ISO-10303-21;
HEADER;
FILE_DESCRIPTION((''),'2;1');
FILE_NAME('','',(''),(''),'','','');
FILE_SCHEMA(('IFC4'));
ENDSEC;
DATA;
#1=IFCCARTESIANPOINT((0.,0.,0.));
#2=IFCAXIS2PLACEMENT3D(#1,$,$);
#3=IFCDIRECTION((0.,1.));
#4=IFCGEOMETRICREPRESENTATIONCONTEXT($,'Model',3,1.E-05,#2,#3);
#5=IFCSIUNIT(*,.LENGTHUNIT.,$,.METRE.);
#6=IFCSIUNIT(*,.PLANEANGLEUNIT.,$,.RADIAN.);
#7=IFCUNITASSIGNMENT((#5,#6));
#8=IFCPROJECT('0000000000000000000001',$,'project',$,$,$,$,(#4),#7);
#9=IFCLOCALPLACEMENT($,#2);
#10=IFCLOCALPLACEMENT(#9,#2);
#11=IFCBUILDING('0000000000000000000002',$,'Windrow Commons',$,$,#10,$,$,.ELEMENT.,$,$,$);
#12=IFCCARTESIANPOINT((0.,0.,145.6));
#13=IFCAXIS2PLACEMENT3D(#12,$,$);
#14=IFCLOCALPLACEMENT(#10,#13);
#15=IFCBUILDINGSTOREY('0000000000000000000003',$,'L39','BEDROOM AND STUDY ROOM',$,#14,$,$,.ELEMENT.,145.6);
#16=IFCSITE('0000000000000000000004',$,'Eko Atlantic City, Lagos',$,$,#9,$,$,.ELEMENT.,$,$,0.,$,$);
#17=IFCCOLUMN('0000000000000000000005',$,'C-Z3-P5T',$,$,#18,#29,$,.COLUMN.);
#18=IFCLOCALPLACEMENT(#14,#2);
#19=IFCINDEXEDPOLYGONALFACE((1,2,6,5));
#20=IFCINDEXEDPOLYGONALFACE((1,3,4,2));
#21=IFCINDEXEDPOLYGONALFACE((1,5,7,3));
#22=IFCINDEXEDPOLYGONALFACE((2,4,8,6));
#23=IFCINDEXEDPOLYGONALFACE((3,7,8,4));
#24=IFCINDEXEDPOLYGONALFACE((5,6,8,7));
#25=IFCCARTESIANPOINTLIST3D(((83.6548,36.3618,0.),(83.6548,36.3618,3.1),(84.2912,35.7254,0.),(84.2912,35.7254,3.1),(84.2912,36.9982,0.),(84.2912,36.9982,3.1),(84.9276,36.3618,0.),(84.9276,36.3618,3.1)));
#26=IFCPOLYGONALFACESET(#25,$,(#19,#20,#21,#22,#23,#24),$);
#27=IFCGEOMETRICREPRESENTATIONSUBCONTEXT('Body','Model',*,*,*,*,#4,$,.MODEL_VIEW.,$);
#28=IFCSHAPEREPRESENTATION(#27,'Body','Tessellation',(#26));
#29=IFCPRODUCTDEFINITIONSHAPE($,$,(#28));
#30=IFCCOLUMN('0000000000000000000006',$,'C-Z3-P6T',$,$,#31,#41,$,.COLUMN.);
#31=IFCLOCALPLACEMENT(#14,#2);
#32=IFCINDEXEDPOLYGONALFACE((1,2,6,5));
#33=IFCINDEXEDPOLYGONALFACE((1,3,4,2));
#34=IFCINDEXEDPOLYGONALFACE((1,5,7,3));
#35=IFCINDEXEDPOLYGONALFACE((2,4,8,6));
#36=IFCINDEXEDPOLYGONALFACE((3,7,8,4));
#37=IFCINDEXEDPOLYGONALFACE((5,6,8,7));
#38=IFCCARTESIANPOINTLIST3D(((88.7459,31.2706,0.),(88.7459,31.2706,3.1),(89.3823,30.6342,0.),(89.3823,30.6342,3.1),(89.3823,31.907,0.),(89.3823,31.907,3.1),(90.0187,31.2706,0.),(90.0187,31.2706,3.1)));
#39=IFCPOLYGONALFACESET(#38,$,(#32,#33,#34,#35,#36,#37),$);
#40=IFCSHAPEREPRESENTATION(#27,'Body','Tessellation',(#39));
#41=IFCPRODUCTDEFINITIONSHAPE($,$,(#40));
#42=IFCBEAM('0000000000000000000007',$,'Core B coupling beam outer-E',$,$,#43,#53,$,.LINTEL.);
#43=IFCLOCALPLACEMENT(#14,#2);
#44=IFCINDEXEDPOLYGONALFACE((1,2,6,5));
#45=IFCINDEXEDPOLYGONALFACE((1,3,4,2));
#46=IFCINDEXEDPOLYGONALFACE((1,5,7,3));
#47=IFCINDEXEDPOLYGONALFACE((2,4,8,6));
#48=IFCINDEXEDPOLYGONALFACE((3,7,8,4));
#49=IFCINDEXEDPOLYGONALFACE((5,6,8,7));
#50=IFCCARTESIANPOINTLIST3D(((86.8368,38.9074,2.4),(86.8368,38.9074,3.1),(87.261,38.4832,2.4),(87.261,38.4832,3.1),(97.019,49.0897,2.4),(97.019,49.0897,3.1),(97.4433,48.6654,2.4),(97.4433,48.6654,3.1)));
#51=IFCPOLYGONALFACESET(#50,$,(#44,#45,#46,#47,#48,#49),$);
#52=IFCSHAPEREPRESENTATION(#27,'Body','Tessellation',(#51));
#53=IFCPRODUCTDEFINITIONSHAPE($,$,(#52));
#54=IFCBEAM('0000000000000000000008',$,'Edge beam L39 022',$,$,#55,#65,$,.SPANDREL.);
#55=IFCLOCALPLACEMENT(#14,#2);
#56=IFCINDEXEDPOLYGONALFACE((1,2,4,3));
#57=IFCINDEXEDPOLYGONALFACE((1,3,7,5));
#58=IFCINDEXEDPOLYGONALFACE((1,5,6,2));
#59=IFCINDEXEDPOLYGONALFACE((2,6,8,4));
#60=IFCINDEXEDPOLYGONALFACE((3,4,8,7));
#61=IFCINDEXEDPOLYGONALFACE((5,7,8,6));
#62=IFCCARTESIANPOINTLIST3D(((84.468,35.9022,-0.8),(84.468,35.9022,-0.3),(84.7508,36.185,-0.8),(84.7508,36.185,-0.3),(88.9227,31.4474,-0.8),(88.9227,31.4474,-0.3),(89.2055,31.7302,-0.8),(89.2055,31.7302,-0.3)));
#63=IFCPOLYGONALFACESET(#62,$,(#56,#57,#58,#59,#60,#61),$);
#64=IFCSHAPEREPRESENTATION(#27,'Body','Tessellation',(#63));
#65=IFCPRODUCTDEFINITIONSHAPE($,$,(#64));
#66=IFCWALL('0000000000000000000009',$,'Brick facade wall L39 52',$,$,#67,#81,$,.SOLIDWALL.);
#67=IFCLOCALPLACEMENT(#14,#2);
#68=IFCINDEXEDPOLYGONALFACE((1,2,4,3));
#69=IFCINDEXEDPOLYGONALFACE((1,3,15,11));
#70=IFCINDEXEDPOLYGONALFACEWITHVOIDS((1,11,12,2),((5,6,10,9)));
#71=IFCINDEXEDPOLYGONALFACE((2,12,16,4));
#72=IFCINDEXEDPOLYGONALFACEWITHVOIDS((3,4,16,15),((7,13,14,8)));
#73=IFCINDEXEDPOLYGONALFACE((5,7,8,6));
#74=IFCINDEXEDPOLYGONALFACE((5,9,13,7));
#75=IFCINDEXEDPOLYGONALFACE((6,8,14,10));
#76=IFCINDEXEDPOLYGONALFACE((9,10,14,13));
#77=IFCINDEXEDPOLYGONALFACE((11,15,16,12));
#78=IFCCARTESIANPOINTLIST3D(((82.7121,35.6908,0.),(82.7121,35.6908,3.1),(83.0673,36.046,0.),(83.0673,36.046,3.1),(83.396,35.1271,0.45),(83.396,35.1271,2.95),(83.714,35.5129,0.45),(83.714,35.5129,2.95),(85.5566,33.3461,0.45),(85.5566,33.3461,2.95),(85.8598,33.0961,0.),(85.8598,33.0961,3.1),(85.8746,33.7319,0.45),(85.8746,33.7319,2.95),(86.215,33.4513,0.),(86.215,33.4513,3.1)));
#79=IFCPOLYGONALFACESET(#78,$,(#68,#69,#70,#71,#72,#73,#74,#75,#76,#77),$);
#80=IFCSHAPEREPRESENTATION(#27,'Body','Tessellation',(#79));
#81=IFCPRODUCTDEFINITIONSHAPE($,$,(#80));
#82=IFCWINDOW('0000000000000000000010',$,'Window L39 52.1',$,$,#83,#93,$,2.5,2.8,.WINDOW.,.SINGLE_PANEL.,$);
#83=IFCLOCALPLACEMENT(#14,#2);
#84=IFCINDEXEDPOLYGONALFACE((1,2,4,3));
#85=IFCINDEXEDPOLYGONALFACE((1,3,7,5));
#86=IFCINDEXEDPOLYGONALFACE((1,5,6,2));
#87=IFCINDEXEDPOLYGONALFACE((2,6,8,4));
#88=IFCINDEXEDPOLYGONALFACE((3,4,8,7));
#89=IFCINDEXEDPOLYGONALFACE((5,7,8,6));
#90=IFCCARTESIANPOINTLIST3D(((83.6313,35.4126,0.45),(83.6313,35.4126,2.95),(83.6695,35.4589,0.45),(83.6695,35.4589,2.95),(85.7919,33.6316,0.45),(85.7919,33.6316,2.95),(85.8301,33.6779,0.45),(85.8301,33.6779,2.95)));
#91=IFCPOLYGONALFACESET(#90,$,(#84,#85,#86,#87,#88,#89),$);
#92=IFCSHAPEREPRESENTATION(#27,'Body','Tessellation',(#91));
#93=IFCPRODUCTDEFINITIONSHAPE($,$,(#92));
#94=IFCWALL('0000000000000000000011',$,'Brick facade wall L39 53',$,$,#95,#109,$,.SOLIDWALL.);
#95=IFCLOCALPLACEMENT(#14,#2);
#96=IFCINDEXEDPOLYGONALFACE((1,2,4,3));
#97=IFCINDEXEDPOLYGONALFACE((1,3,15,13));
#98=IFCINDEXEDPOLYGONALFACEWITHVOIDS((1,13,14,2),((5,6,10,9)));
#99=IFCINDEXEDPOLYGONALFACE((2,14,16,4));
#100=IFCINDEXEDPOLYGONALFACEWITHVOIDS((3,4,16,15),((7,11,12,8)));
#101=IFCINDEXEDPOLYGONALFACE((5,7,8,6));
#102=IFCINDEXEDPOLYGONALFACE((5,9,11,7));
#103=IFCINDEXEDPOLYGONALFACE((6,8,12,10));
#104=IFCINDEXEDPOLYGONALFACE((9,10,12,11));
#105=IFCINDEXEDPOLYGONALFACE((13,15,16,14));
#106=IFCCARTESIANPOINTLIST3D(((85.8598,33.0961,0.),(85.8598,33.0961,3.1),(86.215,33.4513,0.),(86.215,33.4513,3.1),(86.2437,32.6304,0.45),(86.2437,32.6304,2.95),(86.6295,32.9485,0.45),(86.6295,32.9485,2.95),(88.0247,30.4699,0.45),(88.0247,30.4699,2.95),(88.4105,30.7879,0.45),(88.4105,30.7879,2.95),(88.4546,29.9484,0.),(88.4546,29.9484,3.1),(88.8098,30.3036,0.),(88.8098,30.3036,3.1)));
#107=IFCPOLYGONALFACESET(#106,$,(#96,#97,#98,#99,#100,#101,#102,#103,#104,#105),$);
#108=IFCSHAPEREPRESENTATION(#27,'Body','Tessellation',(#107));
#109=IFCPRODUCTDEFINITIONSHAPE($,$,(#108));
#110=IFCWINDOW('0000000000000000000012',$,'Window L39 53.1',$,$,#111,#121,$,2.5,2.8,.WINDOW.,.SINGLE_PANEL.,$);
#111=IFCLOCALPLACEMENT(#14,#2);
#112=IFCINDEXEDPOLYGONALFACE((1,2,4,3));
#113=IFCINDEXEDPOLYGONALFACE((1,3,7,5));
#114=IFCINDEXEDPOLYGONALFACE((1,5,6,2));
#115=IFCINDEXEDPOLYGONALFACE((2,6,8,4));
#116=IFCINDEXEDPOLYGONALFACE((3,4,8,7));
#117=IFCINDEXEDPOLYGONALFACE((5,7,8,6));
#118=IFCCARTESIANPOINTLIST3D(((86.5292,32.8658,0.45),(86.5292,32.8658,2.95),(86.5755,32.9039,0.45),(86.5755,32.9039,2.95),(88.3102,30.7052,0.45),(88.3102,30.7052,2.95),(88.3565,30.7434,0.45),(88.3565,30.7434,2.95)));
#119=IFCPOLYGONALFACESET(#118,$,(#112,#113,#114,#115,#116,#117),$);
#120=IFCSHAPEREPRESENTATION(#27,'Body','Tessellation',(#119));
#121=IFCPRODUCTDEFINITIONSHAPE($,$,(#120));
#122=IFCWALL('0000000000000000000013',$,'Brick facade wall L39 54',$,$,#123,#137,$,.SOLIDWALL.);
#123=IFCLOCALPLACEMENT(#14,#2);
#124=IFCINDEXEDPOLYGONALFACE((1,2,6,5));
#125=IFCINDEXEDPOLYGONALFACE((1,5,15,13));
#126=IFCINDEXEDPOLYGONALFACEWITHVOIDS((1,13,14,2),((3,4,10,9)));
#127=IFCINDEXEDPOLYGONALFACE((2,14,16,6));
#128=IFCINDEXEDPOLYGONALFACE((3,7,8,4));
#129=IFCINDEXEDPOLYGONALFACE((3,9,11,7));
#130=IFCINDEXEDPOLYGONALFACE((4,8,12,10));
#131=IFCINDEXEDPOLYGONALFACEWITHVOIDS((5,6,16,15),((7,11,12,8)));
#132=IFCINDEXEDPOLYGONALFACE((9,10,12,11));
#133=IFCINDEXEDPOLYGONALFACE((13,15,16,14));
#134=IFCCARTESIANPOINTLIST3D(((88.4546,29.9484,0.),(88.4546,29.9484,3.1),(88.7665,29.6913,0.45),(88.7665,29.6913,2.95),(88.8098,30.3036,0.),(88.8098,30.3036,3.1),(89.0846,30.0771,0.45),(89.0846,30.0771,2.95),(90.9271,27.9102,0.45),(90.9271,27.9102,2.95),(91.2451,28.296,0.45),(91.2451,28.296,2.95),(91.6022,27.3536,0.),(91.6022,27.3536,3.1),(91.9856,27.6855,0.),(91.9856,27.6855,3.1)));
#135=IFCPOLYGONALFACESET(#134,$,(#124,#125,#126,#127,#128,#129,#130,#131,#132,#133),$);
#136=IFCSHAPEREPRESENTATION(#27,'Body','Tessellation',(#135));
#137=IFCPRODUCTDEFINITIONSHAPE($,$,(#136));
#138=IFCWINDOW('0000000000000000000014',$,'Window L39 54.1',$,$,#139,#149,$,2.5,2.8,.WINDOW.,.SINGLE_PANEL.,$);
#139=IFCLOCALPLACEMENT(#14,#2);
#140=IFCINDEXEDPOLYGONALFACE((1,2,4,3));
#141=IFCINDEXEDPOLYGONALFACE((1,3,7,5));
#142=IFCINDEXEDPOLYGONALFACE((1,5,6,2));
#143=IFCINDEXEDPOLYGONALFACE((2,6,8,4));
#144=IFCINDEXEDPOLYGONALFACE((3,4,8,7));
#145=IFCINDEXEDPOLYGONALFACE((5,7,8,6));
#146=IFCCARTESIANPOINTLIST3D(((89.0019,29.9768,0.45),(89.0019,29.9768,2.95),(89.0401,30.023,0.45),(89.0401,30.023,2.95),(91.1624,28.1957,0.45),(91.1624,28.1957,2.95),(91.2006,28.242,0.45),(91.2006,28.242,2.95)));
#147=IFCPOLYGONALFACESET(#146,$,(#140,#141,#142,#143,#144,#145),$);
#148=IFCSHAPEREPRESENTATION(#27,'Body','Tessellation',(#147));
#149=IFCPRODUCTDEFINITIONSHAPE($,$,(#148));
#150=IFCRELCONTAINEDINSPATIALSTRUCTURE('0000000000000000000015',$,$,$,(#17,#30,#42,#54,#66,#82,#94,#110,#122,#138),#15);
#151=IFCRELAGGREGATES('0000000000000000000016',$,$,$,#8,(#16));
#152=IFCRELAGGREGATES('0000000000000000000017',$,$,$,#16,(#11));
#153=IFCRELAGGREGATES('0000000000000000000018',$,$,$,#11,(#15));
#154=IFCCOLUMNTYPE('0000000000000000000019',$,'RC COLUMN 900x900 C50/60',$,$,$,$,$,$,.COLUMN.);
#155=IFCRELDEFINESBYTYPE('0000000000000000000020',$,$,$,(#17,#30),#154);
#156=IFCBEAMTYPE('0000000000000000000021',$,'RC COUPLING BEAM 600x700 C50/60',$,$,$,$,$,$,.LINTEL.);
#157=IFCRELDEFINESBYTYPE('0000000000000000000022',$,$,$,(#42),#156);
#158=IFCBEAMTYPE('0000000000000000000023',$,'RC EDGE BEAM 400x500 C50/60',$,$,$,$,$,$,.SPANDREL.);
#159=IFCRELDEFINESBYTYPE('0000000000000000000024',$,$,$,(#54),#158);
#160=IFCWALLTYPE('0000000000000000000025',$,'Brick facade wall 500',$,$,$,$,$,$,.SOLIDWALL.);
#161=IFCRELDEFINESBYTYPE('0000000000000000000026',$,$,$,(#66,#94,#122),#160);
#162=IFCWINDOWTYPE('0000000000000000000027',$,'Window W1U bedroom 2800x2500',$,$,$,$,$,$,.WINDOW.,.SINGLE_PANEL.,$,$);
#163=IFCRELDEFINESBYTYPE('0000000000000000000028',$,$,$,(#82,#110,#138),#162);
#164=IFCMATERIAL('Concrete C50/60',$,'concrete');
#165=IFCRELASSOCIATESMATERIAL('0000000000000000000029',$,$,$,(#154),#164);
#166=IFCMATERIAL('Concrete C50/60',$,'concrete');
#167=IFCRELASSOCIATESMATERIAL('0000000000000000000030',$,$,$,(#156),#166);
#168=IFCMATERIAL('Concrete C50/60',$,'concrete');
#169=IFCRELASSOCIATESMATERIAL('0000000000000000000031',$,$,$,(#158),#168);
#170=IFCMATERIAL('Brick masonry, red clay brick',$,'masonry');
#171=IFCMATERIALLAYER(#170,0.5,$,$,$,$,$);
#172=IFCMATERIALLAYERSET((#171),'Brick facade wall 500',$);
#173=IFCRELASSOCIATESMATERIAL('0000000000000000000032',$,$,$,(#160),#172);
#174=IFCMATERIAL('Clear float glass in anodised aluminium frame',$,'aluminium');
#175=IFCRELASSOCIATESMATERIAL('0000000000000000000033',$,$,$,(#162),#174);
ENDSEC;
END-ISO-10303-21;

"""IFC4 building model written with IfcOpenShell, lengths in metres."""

from ifc_helpers import new_model, si_unit, direction, frame, frame_2d, origin, origin_2d, place, context, subcontext, project, spatial, polyline, rectangle, outline, extrude, material, layer, layer_set, material_profile, profile_set, type_object, element, fill, save


model = new_model("IFC4")

# Units and contexts
model_context = context("Model", 3, precision=1e-05, world=origin(), true_north=direction((0.0, 1.0)))
body_context = subcontext(model_context, "Body", "Model", "MODEL_VIEW")
ifc_project = project(units=[si_unit("LENGTHUNIT", "METRE"), si_unit("PLANEANGLEUNIT", "RADIAN")], contexts=[model_context])

# Site, building, storey
site_placement = place(None, origin())
site = spatial("IfcSite", under=ifc_project, at=site_placement, Name="Eko Atlantic City, Lagos", CompositionType="ELEMENT", RefElevation=0.0)
building_placement = place(site_placement, origin())
building = spatial("IfcBuilding", under=site, at=building_placement, Name="Windrow Commons", CompositionType="ELEMENT")
storey_placement = place(building_placement, frame((0.0, 0.0, 145.6)))
storey = spatial("IfcBuildingStorey", under=building, at=storey_placement, Name="L39", Description="BEDROOM AND STUDY ROOM", CompositionType="ELEMENT", Elevation=145.6)

# Columns
ifc_material_1 = material(Name="Concrete C50/60", Category="concrete")
ifc_material_profile_1 = material_profile(ifc_material_1, rectangle(XDim=0.9, YDim=0.9, at=origin_2d()))
ifc_profile_set_1 = profile_set([ifc_material_profile_1], Name="Concrete C50/60")
column_type = type_object("IfcColumnType", Name="RC COLUMN 900x900 C50/60", PredefinedType="COLUMN", material=ifc_profile_set_1)
for number, where, z_axis, x_axis, name in (
    (1, (84.2912, 36.3618, 0.0), (0.0, 0.0, 1.0), (0.707107, -0.707107, 0.0), "C-Z3-P5T"),
    (2, (89.3823, 31.2706, 0.0), (0.0, 0.0, 1.0), (0.707107, -0.707107, 0.0), "C-Z3-P6T"),
):
    element("IfcColumn", number, at=place(storey_placement, frame(where, z_axis=z_axis, x_axis=x_axis)), inside=storey, type_object=column_type, Name=name, PredefinedType="COLUMN", context=body_context, shape_type="SweptSolid", body=[
        extrude(rectangle(XDim=0.9, YDim=0.9, at=origin_2d()), origin(), (0.0, 0.0, 1.0), 3.1),
    ])

# Beams
ifc_material_2 = material(Name="Concrete C50/60", Category="concrete")
ifc_material_profile_2 = material_profile(ifc_material_2, rectangle(XDim=0.6, YDim=0.7, at=origin_2d()))
ifc_profile_set_2 = profile_set([ifc_material_profile_2], Name="Concrete C50/60")
beam_type_1 = type_object("IfcBeamType", Name="RC COUPLING BEAM 600x700 C50/60", PredefinedType="LINTEL", material=ifc_profile_set_2)
beam_1_placement = place(storey_placement, frame((87.0489, 38.6953, 2.75), z_axis=(0.707107, 0.707107, 0.0), x_axis=(-0.707107, 0.707107, 0.0)))
element("IfcBeam", 3, at=beam_1_placement, inside=storey, type_object=beam_type_1, Name="Core B coupling beam outer-E", PredefinedType="LINTEL", context=body_context, shape_type="SweptSolid", body=[
    extrude(rectangle(XDim=0.6, YDim=0.7, at=origin_2d()), origin(), (0.0, 0.0, 1.0), 14.3999),
])
ifc_material_3 = material(Name="Concrete C50/60", Category="concrete")
ifc_material_profile_3 = material_profile(ifc_material_3, rectangle(XDim=0.4, YDim=0.5, at=origin_2d()))
ifc_profile_set_3 = profile_set([ifc_material_profile_3], Name="Concrete C50/60")
beam_type_2 = type_object("IfcBeamType", Name="RC EDGE BEAM 400x500 C50/60", PredefinedType="SPANDREL", material=ifc_profile_set_3)
beam_2_placement = place(storey_placement, frame((89.0641, 31.5888, -0.55), z_axis=(-0.707099, 0.707115, 0.0), x_axis=(-0.707115, -0.707099, 0.0)))
element("IfcBeam", 4, at=beam_2_placement, inside=storey, type_object=beam_type_2, Name="Edge beam L39 022", PredefinedType="SPANDREL", context=body_context, shape_type="SweptSolid", body=[
    extrude(rectangle(XDim=0.4, YDim=0.5, at=origin_2d()), origin(), (0.0, 0.0, 1.0), 6.3),
])

# Walls, openings, windows
ifc_material_4 = material(Name="Brick masonry, red clay brick", Category="masonry")
ifc_layer_1 = layer(ifc_material_4, 0.5)
ifc_layer_set_1 = layer_set([ifc_layer_1], Name="Brick facade wall 500")
wall_type_1 = type_object("IfcWallType", Name="Brick facade wall 500", PredefinedType="SOLIDWALL", material=ifc_layer_set_1)
wall_1_placement = place(storey_placement, frame((82.8897, 35.8684, 0.0), z_axis=(0.0, 0.0, 1.0), x_axis=(0.771632, -0.636069, 0.0)))
wall_1 = element("IfcWall", 5, at=wall_1_placement, inside=storey, type_object=wall_type_1, Name="Brick facade wall L39 52", PredefinedType="SOLIDWALL", context=body_context, shape_type="SweptSolid", body=[
    extrude(outline(polyline([(-0.0241, -0.25), (4.0552, -0.25), (4.1034, 0.25), (0.0241, 0.25), (-0.0241, -0.25)])), origin(), (0.0, 0.0, 1.0), 3.1),
])
opening_1_placement = place(wall_1_placement, frame((0.8622, 0.0, 0.45)))
opening_1 = element("IfcOpeningElement", 6, at=opening_1_placement, cuts=wall_1, PredefinedType="OPENING", context=body_context, shape_type="SweptSolid", body=[
    extrude(rectangle(XDim=2.8, YDim=2.5, at=frame_2d((1.4, 1.25))), frame((0.0, 0.26, 0.0), z_axis=(0.0, -1.0, 0.0), x_axis=(1.0, 0.0, 0.0)), (0.0, 0.0, 1.0), 0.52),
])
ifc_material_5 = material(Name="Clear float glass in anodised aluminium frame", Category="aluminium")
window_type_1 = type_object("IfcWindowType", Name="Window W1U bedroom 2800x2500", PartitioningType="SINGLE_PANEL", PredefinedType="WINDOW", material=ifc_material_5)
window_1_placement = place(opening_1_placement, origin())
window_1 = element("IfcWindow", 7, at=window_1_placement, inside=storey, type_object=window_type_1, Name="Window L39 52.1", OverallHeight=2.5, OverallWidth=2.8, PartitioningType="SINGLE_PANEL", PredefinedType="WINDOW", context=body_context, shape_type="SweptSolid", body=[
    extrude(rectangle(XDim=2.8, YDim=2.5, at=frame_2d((1.4, 1.25))), frame((0.0, 0.18, 0.0), z_axis=(0.0, -1.0, 0.0), x_axis=(1.0, 0.0, 0.0)), (0.0, 0.0, 1.0), 0.06),
])
fill(opening_1, window_1)
wall_2_placement = place(storey_placement, frame((86.0374, 33.2737, 0.0), z_axis=(0.0, 0.0, 1.0), x_axis=(0.636084, -0.77162, 0.0)))
wall_2 = element("IfcWall", 8, at=wall_2_placement, inside=storey, type_object=wall_type_1, Name="Brick facade wall L39 53", PredefinedType="SOLIDWALL", context=body_context, shape_type="SweptSolid", body=[
    extrude(outline(polyline([(0.0241, -0.25), (4.1034, -0.25), (4.0552, 0.25), (-0.0241, 0.25), (0.0241, -0.25)])), origin(), (0.0, 0.0, 1.0), 3.1),
])
opening_2_placement = place(wall_2_placement, frame((0.6276, 0.0, 0.45)))
opening_2 = element("IfcOpeningElement", 9, at=opening_2_placement, cuts=wall_2, PredefinedType="OPENING", context=body_context, shape_type="SweptSolid", body=[
    extrude(rectangle(XDim=2.8, YDim=2.5, at=frame_2d((1.4, 1.25))), frame((0.0, 0.26, 0.0), z_axis=(0.0, -1.0, 0.0), x_axis=(1.0, 0.0, 0.0)), (0.0, 0.0, 1.0), 0.52),
])
window_2_placement = place(opening_2_placement, origin())
window_2 = element("IfcWindow", 10, at=window_2_placement, inside=storey, type_object=window_type_1, Name="Window L39 53.1", OverallHeight=2.5, OverallWidth=2.8, PartitioningType="SINGLE_PANEL", PredefinedType="WINDOW", context=body_context, shape_type="SweptSolid", body=[
    extrude(rectangle(XDim=2.8, YDim=2.5, at=frame_2d((1.4, 1.25))), frame((0.0, 0.18, 0.0), z_axis=(0.0, -1.0, 0.0), x_axis=(1.0, 0.0, 0.0)), (0.0, 0.0, 1.0), 0.06),
])
fill(opening_2, window_2)
wall_3_placement = place(storey_placement, frame((88.6322, 30.126, 0.0), z_axis=(0.0, 0.0, 1.0), x_axis=(0.771613, -0.636092, 0.0)))
wall_3 = element("IfcWall", 11, at=wall_3_placement, inside=storey, type_object=wall_type_1, Name="Brick facade wall L39 54", PredefinedType="SOLIDWALL", context=body_context, shape_type="SweptSolid", body=[
    extrude(outline(polyline([(-0.0241, -0.25), (4.0552, -0.25), (4.1399, 0.25), (0.0241, 0.25), (-0.0241, -0.25)])), origin(), (0.0, 0.0, 1.0), 3.1),
])
opening_3_placement = place(wall_3_placement, frame((0.3802, 0.0, 0.45)))
opening_3 = element("IfcOpeningElement", 12, at=opening_3_placement, cuts=wall_3, PredefinedType="OPENING", context=body_context, shape_type="SweptSolid", body=[
    extrude(rectangle(XDim=2.8, YDim=2.5, at=frame_2d((1.4, 1.25))), frame((0.0, 0.26, 0.0), z_axis=(0.0, -1.0, 0.0), x_axis=(1.0, 0.0, 0.0)), (0.0, 0.0, 1.0), 0.52),
])
window_3_placement = place(opening_3_placement, origin())
window_3 = element("IfcWindow", 13, at=window_3_placement, inside=storey, type_object=window_type_1, Name="Window L39 54.1", OverallHeight=2.5, OverallWidth=2.8, PartitioningType="SINGLE_PANEL", PredefinedType="WINDOW", context=body_context, shape_type="SweptSolid", body=[
    extrude(rectangle(XDim=2.8, YDim=2.5, at=frame_2d((1.4, 1.25))), frame((0.0, 0.18, 0.0), z_axis=(0.0, -1.0, 0.0), x_axis=(1.0, 0.0, 0.0)), (0.0, 0.0, 1.0), 0.06),
])
fill(opening_3, window_3)

save(model, "model.ifc")
